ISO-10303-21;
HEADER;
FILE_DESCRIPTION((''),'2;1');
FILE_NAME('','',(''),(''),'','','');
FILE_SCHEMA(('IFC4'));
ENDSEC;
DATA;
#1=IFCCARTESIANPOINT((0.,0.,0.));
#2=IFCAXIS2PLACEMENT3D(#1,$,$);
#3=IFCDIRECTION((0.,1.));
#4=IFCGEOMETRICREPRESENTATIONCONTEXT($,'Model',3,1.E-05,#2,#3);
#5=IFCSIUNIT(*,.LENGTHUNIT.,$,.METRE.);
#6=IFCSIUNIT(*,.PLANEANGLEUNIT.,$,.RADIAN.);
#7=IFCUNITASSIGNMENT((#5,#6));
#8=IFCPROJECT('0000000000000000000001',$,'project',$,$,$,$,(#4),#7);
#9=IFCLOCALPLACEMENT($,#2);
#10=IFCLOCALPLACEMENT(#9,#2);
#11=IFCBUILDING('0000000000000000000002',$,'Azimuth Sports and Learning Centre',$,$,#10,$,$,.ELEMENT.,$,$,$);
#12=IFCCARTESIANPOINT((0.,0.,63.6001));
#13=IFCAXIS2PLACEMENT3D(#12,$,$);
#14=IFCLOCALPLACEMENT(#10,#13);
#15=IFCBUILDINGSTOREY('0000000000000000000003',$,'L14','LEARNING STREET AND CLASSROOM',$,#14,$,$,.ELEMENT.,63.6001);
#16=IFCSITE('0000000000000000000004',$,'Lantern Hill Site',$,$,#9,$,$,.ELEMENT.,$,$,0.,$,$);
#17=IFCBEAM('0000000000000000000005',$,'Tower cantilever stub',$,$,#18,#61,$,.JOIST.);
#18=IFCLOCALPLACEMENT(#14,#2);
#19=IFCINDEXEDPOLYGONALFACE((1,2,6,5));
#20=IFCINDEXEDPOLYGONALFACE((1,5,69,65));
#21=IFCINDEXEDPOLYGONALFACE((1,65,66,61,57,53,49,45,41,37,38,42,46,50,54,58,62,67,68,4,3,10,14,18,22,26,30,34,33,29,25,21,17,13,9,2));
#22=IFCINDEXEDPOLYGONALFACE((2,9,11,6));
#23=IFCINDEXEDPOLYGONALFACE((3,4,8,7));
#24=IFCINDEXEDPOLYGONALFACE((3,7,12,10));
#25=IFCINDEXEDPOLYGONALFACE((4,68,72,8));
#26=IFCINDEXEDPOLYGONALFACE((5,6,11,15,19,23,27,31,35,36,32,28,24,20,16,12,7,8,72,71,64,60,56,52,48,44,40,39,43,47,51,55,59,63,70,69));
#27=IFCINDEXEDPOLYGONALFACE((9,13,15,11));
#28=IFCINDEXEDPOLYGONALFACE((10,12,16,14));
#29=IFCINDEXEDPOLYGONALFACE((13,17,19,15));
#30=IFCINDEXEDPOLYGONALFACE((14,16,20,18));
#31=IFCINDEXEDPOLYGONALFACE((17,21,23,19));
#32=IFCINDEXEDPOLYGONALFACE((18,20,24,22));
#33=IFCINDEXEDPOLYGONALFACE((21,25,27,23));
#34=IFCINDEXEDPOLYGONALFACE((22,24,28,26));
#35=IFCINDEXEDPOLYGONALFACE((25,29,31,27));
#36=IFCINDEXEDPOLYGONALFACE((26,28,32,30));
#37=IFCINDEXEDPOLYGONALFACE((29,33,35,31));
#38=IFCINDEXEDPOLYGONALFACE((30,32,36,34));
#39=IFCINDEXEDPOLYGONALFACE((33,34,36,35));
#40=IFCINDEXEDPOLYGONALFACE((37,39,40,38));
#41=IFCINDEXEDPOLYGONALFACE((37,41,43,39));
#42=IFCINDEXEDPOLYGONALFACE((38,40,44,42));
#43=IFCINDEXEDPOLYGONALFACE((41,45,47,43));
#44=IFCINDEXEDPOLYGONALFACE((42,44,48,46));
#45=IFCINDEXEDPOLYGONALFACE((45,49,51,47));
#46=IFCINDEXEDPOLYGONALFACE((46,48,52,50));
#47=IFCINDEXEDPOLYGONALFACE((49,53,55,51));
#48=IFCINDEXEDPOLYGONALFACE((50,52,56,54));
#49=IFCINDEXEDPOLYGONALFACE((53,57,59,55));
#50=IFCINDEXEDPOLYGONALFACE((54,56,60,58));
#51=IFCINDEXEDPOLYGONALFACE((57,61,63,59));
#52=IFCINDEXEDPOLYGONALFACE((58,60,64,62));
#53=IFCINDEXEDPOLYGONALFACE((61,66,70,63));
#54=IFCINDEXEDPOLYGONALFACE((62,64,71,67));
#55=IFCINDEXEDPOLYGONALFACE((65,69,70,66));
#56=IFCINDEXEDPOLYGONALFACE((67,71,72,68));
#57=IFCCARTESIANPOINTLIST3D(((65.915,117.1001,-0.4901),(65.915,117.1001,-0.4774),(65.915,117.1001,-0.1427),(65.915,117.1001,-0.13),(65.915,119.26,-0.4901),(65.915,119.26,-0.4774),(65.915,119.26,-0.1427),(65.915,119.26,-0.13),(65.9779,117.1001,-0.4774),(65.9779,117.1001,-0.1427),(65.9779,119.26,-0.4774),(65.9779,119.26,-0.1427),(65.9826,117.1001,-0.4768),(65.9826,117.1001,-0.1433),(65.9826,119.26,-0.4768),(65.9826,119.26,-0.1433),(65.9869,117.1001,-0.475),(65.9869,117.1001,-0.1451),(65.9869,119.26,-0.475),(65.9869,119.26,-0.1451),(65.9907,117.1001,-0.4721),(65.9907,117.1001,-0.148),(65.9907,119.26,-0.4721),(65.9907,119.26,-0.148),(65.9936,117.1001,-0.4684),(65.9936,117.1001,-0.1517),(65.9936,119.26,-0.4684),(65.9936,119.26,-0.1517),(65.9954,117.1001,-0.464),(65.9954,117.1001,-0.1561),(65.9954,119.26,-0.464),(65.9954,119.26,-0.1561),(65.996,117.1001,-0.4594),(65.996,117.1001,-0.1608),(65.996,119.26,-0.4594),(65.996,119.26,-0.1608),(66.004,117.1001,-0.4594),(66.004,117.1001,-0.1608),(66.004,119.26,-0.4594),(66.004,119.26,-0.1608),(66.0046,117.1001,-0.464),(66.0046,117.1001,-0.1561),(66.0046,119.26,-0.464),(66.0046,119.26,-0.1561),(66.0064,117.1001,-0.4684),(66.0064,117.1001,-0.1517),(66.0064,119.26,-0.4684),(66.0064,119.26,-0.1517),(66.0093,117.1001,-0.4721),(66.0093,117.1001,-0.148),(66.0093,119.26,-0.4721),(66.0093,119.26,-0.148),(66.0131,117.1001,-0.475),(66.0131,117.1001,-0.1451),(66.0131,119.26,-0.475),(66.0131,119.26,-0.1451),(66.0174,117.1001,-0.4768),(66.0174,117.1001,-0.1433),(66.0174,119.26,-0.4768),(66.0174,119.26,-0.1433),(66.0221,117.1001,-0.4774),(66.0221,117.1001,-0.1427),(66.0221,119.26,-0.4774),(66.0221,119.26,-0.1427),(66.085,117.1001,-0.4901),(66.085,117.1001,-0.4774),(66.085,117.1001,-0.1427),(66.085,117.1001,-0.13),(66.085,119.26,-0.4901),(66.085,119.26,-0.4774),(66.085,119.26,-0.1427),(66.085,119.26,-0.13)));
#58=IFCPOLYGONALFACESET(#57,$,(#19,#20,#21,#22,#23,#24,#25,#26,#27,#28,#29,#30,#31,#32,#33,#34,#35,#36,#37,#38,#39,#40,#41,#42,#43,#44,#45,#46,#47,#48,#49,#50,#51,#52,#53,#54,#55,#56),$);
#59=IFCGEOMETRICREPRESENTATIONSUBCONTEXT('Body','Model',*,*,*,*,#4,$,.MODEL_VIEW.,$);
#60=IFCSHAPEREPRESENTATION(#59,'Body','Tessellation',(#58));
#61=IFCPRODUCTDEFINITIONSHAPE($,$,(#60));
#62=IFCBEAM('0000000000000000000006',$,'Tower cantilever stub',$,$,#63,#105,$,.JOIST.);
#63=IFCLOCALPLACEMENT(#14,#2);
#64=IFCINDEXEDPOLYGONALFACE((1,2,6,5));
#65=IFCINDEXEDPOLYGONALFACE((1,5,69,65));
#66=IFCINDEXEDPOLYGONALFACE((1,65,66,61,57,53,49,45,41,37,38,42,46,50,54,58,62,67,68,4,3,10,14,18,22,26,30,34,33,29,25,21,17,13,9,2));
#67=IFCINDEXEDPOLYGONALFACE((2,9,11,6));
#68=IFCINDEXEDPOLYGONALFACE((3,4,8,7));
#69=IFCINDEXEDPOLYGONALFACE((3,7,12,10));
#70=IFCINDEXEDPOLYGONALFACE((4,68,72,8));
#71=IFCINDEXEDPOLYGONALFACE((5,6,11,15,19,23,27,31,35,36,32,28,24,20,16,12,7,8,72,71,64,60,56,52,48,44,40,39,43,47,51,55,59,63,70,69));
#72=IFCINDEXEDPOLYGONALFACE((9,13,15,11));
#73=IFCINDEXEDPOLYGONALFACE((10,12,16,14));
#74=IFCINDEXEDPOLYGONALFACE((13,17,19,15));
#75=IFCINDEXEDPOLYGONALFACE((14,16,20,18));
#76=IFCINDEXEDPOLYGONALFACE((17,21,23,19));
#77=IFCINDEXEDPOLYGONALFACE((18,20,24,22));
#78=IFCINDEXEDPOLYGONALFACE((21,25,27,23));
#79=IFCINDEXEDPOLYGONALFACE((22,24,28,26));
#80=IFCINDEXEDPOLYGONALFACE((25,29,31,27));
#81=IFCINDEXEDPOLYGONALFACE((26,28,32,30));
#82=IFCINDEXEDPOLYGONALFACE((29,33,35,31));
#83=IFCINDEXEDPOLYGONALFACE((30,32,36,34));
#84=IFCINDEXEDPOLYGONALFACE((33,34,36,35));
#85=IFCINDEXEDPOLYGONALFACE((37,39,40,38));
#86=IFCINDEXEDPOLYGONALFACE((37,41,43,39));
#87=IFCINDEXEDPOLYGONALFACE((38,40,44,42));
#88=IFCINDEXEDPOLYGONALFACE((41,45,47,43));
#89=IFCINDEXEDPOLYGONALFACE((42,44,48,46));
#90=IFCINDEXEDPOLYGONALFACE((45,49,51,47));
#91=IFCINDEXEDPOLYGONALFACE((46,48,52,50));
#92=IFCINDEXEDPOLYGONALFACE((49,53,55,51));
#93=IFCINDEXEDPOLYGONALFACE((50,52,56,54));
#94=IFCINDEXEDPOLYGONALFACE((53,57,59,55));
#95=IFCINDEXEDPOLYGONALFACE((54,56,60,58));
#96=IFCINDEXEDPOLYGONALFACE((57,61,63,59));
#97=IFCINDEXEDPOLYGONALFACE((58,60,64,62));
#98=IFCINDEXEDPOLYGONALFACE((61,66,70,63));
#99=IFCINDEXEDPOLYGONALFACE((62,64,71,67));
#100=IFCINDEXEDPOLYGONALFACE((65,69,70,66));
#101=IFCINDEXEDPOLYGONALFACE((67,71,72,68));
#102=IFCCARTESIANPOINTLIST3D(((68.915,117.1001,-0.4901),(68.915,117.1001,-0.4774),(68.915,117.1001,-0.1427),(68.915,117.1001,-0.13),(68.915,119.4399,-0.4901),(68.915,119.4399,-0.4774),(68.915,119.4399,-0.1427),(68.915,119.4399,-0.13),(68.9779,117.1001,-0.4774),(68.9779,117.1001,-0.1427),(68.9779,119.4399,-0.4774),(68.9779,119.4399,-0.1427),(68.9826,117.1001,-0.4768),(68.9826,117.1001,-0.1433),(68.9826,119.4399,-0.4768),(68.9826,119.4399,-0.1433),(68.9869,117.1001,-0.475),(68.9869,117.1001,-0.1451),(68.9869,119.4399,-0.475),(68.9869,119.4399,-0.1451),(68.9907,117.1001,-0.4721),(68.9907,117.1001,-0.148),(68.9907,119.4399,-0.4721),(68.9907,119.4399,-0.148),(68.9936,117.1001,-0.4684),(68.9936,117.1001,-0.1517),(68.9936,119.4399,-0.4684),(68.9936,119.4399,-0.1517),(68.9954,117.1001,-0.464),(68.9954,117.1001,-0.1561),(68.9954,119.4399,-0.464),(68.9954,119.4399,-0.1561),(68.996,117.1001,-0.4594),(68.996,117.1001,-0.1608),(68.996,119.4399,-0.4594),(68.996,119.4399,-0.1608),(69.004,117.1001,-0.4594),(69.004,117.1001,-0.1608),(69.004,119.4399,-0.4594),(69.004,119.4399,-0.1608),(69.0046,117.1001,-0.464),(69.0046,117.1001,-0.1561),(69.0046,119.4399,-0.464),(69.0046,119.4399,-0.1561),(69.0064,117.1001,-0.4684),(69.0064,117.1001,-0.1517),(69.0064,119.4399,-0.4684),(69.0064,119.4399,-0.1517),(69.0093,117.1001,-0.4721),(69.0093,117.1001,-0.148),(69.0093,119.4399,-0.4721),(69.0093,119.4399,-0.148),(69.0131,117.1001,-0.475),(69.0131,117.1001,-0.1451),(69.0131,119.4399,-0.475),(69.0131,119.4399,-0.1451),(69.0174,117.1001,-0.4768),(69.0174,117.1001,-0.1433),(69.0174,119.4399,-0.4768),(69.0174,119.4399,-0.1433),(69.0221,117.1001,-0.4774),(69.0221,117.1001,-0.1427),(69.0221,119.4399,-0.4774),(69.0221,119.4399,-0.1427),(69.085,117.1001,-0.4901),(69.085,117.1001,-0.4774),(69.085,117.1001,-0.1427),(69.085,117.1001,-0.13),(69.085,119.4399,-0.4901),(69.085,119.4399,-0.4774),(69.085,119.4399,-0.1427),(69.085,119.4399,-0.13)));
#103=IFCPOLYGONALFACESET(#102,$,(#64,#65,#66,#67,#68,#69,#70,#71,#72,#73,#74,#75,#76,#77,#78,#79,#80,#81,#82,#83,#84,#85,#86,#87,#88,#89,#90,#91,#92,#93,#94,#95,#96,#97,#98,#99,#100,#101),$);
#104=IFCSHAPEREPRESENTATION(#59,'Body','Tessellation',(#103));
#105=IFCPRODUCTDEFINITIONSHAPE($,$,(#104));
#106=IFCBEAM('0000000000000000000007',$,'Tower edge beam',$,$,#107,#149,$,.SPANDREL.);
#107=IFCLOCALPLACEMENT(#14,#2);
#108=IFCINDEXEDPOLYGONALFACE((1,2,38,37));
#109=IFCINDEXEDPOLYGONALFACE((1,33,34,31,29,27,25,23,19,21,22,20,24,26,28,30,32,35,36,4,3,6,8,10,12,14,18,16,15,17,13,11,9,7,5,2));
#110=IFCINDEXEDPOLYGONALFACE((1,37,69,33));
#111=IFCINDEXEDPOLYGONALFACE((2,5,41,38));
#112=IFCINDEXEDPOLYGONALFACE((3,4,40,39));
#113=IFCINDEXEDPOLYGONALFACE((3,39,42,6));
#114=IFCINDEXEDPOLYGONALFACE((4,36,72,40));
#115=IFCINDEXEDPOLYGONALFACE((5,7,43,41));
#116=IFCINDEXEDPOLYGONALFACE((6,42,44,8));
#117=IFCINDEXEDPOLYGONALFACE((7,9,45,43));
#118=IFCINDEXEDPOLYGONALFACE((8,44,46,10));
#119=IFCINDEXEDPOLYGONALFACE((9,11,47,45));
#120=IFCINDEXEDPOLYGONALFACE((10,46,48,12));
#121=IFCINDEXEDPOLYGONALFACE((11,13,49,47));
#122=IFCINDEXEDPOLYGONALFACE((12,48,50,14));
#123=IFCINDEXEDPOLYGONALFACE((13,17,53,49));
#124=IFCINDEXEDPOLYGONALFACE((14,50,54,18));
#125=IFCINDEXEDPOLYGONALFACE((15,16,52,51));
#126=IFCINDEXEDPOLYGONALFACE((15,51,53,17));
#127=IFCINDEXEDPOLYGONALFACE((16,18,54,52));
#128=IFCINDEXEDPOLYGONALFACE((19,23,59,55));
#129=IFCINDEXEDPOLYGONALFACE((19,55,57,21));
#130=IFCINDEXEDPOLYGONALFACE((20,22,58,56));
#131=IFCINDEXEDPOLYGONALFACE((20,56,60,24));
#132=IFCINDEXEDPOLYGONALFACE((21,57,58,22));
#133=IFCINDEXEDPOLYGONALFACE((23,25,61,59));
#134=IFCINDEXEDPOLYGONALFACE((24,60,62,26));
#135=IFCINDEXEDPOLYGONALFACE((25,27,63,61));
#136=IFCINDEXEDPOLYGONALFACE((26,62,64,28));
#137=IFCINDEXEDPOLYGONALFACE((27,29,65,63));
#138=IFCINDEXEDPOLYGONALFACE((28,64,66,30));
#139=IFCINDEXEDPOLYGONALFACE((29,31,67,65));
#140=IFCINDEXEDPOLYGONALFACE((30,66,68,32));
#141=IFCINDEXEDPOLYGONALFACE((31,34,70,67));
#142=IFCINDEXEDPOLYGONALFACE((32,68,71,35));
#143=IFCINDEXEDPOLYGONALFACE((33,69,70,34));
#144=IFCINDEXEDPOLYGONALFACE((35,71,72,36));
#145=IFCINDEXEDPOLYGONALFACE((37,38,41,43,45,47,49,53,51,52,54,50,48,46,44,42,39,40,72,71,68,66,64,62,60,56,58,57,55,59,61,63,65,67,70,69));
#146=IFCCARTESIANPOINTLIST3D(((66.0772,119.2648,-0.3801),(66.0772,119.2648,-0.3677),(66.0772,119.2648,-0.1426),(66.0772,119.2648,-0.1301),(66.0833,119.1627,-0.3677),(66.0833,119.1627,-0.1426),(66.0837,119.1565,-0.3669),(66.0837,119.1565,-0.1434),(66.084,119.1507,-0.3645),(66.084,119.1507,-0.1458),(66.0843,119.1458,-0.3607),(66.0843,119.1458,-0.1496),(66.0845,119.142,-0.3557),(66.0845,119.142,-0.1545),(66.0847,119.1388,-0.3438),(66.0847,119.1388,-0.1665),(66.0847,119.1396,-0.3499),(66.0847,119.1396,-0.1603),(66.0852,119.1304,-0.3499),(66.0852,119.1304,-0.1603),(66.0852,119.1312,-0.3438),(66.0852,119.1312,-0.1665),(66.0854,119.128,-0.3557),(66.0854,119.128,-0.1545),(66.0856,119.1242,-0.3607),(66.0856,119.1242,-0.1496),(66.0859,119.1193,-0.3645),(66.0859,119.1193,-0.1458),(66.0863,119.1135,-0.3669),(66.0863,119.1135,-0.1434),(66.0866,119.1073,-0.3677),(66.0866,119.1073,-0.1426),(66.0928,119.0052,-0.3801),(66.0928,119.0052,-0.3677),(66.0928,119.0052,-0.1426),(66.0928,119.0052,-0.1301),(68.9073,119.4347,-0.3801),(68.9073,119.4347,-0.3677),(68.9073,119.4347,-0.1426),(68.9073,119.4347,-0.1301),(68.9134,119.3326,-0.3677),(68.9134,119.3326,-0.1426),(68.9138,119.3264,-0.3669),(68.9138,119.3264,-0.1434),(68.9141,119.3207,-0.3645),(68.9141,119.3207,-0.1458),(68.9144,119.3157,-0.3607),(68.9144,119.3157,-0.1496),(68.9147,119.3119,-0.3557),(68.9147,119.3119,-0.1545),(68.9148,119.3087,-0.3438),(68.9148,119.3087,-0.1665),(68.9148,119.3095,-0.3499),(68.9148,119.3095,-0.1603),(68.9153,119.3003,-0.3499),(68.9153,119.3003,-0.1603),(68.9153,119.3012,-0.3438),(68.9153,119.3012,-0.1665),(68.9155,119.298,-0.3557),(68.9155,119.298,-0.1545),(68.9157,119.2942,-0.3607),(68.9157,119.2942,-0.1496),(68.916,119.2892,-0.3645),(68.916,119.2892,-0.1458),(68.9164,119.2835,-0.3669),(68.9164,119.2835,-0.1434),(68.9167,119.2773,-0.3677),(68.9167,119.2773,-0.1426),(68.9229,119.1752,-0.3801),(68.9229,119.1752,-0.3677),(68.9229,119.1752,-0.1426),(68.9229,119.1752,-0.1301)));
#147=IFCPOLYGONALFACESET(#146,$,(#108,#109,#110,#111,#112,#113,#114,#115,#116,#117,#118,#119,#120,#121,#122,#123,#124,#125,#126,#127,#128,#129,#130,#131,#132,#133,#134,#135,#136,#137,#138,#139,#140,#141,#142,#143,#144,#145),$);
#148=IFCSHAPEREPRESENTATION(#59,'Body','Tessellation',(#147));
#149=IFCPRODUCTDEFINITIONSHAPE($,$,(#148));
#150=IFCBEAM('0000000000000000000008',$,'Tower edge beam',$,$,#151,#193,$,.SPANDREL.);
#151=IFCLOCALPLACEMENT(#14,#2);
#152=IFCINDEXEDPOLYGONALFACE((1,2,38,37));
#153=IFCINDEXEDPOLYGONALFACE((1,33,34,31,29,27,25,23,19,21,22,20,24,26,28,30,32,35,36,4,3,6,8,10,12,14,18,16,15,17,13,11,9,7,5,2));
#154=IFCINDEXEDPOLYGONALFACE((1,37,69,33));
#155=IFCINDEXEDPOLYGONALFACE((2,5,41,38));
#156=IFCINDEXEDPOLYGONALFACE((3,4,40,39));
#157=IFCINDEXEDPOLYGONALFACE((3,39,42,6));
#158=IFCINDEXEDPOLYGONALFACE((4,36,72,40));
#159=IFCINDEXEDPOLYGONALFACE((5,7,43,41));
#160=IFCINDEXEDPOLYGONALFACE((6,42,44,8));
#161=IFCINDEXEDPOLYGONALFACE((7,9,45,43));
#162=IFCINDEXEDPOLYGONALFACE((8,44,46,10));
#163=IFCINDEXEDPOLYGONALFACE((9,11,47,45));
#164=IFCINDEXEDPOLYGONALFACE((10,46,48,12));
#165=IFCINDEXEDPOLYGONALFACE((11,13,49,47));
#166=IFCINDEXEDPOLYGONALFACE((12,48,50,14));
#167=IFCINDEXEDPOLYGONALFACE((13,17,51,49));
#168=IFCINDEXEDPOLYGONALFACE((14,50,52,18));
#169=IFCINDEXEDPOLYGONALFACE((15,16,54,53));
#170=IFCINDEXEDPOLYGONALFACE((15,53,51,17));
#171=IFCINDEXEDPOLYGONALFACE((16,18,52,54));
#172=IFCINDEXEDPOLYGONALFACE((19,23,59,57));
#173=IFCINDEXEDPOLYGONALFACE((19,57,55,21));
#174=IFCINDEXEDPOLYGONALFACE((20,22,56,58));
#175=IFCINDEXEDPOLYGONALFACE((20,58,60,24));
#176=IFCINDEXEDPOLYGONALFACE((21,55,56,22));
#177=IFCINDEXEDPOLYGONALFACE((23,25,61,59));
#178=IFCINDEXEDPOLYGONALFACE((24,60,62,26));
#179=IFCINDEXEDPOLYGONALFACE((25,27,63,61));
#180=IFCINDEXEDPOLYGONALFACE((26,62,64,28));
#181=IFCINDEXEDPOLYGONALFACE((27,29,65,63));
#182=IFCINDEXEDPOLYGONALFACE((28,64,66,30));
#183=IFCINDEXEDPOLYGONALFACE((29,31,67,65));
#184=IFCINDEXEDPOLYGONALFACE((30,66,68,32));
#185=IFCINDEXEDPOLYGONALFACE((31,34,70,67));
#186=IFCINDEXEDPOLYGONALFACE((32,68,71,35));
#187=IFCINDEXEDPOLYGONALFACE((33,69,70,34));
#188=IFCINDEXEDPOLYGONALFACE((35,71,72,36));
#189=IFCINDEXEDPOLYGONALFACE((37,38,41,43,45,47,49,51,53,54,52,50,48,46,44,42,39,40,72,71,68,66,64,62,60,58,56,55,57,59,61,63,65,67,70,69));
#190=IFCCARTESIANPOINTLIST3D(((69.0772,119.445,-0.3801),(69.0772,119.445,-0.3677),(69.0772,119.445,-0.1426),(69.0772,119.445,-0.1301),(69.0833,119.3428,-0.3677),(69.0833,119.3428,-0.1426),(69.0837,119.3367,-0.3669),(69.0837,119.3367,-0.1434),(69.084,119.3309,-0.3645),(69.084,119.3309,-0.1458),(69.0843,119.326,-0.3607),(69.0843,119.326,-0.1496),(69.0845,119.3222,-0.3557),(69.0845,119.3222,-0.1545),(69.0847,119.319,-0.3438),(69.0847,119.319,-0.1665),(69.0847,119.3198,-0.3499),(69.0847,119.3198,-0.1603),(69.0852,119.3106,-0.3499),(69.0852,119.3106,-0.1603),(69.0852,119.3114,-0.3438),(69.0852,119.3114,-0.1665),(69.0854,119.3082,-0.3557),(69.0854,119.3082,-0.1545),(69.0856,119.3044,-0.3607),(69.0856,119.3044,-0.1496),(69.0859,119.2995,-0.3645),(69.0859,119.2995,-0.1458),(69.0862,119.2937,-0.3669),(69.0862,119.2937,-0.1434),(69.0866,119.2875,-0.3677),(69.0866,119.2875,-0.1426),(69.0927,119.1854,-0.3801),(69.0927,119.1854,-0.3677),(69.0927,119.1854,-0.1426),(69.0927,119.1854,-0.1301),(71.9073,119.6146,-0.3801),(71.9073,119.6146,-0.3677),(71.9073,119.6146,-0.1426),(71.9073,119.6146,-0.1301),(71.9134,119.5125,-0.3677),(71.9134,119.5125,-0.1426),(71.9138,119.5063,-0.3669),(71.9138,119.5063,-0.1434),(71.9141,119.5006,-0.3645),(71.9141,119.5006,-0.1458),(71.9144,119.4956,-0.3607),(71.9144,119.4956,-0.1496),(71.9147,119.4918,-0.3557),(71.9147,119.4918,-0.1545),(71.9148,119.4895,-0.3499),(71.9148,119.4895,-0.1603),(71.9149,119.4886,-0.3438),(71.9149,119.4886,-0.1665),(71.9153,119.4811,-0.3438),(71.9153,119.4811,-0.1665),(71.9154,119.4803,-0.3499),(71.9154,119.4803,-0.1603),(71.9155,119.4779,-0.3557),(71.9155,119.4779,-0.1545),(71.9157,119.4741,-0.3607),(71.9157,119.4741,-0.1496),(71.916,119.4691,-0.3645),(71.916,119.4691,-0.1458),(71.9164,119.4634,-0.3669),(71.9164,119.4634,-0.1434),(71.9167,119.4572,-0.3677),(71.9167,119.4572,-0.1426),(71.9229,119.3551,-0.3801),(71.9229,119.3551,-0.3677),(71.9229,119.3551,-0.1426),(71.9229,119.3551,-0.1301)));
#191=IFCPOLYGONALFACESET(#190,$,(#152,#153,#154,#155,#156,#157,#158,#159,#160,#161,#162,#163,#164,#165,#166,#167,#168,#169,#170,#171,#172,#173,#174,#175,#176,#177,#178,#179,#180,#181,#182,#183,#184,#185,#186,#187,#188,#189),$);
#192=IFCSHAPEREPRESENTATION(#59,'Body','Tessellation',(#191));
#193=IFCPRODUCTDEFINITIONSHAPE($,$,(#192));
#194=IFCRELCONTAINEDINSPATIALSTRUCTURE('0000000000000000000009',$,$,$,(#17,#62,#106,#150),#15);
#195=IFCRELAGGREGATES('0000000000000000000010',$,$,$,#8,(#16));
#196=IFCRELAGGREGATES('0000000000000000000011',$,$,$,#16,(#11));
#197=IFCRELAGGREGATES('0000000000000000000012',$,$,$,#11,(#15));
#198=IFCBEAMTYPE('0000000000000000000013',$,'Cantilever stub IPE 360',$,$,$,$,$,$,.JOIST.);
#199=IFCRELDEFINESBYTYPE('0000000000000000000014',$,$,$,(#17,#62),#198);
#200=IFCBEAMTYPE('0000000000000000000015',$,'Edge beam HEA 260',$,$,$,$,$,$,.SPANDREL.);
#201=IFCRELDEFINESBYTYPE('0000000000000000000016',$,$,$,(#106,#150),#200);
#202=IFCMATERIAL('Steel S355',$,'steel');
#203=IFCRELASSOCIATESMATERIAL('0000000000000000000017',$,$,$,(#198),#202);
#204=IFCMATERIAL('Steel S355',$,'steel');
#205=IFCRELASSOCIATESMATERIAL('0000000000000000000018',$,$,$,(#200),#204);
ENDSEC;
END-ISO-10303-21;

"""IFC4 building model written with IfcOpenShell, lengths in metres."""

from ifc_helpers import new_model, si_unit, direction, frame, origin, origin_2d, place, context, subcontext, project, spatial, i_section, extrude, material, material_profile, profile_set, type_object, element, save


model = new_model("IFC4")

# Units and contexts
model_context = context("Model", 3, precision=1e-05, world=origin(), true_north=direction((0.0, 1.0)))
body_context = subcontext(model_context, "Body", "Model", "MODEL_VIEW")
ifc_project = project(units=[si_unit("LENGTHUNIT", "METRE"), si_unit("PLANEANGLEUNIT", "RADIAN")], contexts=[model_context])

# Site, building, storey
site_placement = place(None, origin())
site = spatial("IfcSite", under=ifc_project, at=site_placement, Name="Lantern Hill Site", CompositionType="ELEMENT", RefElevation=0.0)
building_placement = place(site_placement, origin())
building = spatial("IfcBuilding", under=site, at=building_placement, Name="Azimuth Sports and Learning Centre", CompositionType="ELEMENT")
storey_placement = place(building_placement, frame((0.0, 0.0, 63.6001)))
storey = spatial("IfcBuildingStorey", under=building, at=storey_placement, Name="L14", Description="LEARNING STREET AND CLASSROOM", CompositionType="ELEMENT", Elevation=63.6001)

# Beams
ifc_material_1 = material(Name="Steel S355", Category="steel")
ifc_material_profile_1 = material_profile(ifc_material_1, i_section(OverallWidth=0.1699, OverallDepth=0.3601, WebThickness=0.0081, FlangeThickness=0.0127, FilletRadius=0.0181, at=origin_2d()), Name="IPE 360")
ifc_profile_set_1 = profile_set([ifc_material_profile_1], Name="Steel S355")
beam_type_1 = type_object("IfcBeamType", Name="Cantilever stub IPE 360", PredefinedType="JOIST", material=ifc_profile_set_1)
beam_1_placement = place(storey_placement, frame((66.0, 117.1001, -0.3101), z_axis=(0.0, 1.0, 0.0), x_axis=(-1.0, 0.0, 0.0)))
element("IfcBeam", 1, at=beam_1_placement, inside=storey, type_object=beam_type_1, Name="Tower cantilever stub", PredefinedType="JOIST", context=body_context, shape_type="SweptSolid", body=[
    extrude(i_section(OverallWidth=0.1699, OverallDepth=0.3601, WebThickness=0.0081, FlangeThickness=0.0127, FilletRadius=0.0181, at=origin_2d()), origin(), (0.0, 0.0, 1.0), 2.1599),
])
beam_2_placement = place(storey_placement, frame((69.0, 117.1001, -0.3101), z_axis=(0.0, 1.0, 0.0), x_axis=(-1.0, 0.0, 0.0)))
element("IfcBeam", 2, at=beam_2_placement, inside=storey, type_object=beam_type_1, Name="Tower cantilever stub", PredefinedType="JOIST", context=body_context, shape_type="SweptSolid", body=[
    extrude(i_section(OverallWidth=0.1699, OverallDepth=0.3601, WebThickness=0.0081, FlangeThickness=0.0127, FilletRadius=0.0181, at=origin_2d()), origin(), (0.0, 0.0, 1.0), 2.3398),
])
ifc_material_2 = material(Name="Steel S355", Category="steel")
ifc_material_profile_2 = material_profile(ifc_material_2, i_section(OverallWidth=0.26, OverallDepth=0.25, WebThickness=0.0076, FlangeThickness=0.0125, FilletRadius=0.0239, at=origin_2d()), Name="HEA 260")
ifc_profile_set_2 = profile_set([ifc_material_profile_2], Name="Steel S355")
beam_type_2 = type_object("IfcBeamType", Name="Edge beam HEA 260", PredefinedType="SPANDREL", material=ifc_profile_set_2)
for number, where, z_axis, x_axis, name in (
    (3, (66.085, 119.135, -0.2551), (0.998202, 0.059933, 0.0), (-0.059933, 0.998202, 0.0), "Tower edge beam"),
    (4, (69.085, 119.3152, -0.2551), (0.998208, 0.059848, 0.0), (-0.059848, 0.998208, 0.0), "Tower edge beam"),
):
    element("IfcBeam", number, at=place(storey_placement, frame(where, z_axis=z_axis, x_axis=x_axis)), inside=storey, type_object=beam_type_2, Name=name, PredefinedType="SPANDREL", context=body_context, shape_type="SweptSolid", body=[
        extrude(i_section(OverallWidth=0.26, OverallDepth=0.25, WebThickness=0.0076, FlangeThickness=0.0125, FilletRadius=0.0239, at=origin_2d()), origin(), (0.0, 0.0, 1.0), 2.8352),
    ])

save(model, "model.ifc")
